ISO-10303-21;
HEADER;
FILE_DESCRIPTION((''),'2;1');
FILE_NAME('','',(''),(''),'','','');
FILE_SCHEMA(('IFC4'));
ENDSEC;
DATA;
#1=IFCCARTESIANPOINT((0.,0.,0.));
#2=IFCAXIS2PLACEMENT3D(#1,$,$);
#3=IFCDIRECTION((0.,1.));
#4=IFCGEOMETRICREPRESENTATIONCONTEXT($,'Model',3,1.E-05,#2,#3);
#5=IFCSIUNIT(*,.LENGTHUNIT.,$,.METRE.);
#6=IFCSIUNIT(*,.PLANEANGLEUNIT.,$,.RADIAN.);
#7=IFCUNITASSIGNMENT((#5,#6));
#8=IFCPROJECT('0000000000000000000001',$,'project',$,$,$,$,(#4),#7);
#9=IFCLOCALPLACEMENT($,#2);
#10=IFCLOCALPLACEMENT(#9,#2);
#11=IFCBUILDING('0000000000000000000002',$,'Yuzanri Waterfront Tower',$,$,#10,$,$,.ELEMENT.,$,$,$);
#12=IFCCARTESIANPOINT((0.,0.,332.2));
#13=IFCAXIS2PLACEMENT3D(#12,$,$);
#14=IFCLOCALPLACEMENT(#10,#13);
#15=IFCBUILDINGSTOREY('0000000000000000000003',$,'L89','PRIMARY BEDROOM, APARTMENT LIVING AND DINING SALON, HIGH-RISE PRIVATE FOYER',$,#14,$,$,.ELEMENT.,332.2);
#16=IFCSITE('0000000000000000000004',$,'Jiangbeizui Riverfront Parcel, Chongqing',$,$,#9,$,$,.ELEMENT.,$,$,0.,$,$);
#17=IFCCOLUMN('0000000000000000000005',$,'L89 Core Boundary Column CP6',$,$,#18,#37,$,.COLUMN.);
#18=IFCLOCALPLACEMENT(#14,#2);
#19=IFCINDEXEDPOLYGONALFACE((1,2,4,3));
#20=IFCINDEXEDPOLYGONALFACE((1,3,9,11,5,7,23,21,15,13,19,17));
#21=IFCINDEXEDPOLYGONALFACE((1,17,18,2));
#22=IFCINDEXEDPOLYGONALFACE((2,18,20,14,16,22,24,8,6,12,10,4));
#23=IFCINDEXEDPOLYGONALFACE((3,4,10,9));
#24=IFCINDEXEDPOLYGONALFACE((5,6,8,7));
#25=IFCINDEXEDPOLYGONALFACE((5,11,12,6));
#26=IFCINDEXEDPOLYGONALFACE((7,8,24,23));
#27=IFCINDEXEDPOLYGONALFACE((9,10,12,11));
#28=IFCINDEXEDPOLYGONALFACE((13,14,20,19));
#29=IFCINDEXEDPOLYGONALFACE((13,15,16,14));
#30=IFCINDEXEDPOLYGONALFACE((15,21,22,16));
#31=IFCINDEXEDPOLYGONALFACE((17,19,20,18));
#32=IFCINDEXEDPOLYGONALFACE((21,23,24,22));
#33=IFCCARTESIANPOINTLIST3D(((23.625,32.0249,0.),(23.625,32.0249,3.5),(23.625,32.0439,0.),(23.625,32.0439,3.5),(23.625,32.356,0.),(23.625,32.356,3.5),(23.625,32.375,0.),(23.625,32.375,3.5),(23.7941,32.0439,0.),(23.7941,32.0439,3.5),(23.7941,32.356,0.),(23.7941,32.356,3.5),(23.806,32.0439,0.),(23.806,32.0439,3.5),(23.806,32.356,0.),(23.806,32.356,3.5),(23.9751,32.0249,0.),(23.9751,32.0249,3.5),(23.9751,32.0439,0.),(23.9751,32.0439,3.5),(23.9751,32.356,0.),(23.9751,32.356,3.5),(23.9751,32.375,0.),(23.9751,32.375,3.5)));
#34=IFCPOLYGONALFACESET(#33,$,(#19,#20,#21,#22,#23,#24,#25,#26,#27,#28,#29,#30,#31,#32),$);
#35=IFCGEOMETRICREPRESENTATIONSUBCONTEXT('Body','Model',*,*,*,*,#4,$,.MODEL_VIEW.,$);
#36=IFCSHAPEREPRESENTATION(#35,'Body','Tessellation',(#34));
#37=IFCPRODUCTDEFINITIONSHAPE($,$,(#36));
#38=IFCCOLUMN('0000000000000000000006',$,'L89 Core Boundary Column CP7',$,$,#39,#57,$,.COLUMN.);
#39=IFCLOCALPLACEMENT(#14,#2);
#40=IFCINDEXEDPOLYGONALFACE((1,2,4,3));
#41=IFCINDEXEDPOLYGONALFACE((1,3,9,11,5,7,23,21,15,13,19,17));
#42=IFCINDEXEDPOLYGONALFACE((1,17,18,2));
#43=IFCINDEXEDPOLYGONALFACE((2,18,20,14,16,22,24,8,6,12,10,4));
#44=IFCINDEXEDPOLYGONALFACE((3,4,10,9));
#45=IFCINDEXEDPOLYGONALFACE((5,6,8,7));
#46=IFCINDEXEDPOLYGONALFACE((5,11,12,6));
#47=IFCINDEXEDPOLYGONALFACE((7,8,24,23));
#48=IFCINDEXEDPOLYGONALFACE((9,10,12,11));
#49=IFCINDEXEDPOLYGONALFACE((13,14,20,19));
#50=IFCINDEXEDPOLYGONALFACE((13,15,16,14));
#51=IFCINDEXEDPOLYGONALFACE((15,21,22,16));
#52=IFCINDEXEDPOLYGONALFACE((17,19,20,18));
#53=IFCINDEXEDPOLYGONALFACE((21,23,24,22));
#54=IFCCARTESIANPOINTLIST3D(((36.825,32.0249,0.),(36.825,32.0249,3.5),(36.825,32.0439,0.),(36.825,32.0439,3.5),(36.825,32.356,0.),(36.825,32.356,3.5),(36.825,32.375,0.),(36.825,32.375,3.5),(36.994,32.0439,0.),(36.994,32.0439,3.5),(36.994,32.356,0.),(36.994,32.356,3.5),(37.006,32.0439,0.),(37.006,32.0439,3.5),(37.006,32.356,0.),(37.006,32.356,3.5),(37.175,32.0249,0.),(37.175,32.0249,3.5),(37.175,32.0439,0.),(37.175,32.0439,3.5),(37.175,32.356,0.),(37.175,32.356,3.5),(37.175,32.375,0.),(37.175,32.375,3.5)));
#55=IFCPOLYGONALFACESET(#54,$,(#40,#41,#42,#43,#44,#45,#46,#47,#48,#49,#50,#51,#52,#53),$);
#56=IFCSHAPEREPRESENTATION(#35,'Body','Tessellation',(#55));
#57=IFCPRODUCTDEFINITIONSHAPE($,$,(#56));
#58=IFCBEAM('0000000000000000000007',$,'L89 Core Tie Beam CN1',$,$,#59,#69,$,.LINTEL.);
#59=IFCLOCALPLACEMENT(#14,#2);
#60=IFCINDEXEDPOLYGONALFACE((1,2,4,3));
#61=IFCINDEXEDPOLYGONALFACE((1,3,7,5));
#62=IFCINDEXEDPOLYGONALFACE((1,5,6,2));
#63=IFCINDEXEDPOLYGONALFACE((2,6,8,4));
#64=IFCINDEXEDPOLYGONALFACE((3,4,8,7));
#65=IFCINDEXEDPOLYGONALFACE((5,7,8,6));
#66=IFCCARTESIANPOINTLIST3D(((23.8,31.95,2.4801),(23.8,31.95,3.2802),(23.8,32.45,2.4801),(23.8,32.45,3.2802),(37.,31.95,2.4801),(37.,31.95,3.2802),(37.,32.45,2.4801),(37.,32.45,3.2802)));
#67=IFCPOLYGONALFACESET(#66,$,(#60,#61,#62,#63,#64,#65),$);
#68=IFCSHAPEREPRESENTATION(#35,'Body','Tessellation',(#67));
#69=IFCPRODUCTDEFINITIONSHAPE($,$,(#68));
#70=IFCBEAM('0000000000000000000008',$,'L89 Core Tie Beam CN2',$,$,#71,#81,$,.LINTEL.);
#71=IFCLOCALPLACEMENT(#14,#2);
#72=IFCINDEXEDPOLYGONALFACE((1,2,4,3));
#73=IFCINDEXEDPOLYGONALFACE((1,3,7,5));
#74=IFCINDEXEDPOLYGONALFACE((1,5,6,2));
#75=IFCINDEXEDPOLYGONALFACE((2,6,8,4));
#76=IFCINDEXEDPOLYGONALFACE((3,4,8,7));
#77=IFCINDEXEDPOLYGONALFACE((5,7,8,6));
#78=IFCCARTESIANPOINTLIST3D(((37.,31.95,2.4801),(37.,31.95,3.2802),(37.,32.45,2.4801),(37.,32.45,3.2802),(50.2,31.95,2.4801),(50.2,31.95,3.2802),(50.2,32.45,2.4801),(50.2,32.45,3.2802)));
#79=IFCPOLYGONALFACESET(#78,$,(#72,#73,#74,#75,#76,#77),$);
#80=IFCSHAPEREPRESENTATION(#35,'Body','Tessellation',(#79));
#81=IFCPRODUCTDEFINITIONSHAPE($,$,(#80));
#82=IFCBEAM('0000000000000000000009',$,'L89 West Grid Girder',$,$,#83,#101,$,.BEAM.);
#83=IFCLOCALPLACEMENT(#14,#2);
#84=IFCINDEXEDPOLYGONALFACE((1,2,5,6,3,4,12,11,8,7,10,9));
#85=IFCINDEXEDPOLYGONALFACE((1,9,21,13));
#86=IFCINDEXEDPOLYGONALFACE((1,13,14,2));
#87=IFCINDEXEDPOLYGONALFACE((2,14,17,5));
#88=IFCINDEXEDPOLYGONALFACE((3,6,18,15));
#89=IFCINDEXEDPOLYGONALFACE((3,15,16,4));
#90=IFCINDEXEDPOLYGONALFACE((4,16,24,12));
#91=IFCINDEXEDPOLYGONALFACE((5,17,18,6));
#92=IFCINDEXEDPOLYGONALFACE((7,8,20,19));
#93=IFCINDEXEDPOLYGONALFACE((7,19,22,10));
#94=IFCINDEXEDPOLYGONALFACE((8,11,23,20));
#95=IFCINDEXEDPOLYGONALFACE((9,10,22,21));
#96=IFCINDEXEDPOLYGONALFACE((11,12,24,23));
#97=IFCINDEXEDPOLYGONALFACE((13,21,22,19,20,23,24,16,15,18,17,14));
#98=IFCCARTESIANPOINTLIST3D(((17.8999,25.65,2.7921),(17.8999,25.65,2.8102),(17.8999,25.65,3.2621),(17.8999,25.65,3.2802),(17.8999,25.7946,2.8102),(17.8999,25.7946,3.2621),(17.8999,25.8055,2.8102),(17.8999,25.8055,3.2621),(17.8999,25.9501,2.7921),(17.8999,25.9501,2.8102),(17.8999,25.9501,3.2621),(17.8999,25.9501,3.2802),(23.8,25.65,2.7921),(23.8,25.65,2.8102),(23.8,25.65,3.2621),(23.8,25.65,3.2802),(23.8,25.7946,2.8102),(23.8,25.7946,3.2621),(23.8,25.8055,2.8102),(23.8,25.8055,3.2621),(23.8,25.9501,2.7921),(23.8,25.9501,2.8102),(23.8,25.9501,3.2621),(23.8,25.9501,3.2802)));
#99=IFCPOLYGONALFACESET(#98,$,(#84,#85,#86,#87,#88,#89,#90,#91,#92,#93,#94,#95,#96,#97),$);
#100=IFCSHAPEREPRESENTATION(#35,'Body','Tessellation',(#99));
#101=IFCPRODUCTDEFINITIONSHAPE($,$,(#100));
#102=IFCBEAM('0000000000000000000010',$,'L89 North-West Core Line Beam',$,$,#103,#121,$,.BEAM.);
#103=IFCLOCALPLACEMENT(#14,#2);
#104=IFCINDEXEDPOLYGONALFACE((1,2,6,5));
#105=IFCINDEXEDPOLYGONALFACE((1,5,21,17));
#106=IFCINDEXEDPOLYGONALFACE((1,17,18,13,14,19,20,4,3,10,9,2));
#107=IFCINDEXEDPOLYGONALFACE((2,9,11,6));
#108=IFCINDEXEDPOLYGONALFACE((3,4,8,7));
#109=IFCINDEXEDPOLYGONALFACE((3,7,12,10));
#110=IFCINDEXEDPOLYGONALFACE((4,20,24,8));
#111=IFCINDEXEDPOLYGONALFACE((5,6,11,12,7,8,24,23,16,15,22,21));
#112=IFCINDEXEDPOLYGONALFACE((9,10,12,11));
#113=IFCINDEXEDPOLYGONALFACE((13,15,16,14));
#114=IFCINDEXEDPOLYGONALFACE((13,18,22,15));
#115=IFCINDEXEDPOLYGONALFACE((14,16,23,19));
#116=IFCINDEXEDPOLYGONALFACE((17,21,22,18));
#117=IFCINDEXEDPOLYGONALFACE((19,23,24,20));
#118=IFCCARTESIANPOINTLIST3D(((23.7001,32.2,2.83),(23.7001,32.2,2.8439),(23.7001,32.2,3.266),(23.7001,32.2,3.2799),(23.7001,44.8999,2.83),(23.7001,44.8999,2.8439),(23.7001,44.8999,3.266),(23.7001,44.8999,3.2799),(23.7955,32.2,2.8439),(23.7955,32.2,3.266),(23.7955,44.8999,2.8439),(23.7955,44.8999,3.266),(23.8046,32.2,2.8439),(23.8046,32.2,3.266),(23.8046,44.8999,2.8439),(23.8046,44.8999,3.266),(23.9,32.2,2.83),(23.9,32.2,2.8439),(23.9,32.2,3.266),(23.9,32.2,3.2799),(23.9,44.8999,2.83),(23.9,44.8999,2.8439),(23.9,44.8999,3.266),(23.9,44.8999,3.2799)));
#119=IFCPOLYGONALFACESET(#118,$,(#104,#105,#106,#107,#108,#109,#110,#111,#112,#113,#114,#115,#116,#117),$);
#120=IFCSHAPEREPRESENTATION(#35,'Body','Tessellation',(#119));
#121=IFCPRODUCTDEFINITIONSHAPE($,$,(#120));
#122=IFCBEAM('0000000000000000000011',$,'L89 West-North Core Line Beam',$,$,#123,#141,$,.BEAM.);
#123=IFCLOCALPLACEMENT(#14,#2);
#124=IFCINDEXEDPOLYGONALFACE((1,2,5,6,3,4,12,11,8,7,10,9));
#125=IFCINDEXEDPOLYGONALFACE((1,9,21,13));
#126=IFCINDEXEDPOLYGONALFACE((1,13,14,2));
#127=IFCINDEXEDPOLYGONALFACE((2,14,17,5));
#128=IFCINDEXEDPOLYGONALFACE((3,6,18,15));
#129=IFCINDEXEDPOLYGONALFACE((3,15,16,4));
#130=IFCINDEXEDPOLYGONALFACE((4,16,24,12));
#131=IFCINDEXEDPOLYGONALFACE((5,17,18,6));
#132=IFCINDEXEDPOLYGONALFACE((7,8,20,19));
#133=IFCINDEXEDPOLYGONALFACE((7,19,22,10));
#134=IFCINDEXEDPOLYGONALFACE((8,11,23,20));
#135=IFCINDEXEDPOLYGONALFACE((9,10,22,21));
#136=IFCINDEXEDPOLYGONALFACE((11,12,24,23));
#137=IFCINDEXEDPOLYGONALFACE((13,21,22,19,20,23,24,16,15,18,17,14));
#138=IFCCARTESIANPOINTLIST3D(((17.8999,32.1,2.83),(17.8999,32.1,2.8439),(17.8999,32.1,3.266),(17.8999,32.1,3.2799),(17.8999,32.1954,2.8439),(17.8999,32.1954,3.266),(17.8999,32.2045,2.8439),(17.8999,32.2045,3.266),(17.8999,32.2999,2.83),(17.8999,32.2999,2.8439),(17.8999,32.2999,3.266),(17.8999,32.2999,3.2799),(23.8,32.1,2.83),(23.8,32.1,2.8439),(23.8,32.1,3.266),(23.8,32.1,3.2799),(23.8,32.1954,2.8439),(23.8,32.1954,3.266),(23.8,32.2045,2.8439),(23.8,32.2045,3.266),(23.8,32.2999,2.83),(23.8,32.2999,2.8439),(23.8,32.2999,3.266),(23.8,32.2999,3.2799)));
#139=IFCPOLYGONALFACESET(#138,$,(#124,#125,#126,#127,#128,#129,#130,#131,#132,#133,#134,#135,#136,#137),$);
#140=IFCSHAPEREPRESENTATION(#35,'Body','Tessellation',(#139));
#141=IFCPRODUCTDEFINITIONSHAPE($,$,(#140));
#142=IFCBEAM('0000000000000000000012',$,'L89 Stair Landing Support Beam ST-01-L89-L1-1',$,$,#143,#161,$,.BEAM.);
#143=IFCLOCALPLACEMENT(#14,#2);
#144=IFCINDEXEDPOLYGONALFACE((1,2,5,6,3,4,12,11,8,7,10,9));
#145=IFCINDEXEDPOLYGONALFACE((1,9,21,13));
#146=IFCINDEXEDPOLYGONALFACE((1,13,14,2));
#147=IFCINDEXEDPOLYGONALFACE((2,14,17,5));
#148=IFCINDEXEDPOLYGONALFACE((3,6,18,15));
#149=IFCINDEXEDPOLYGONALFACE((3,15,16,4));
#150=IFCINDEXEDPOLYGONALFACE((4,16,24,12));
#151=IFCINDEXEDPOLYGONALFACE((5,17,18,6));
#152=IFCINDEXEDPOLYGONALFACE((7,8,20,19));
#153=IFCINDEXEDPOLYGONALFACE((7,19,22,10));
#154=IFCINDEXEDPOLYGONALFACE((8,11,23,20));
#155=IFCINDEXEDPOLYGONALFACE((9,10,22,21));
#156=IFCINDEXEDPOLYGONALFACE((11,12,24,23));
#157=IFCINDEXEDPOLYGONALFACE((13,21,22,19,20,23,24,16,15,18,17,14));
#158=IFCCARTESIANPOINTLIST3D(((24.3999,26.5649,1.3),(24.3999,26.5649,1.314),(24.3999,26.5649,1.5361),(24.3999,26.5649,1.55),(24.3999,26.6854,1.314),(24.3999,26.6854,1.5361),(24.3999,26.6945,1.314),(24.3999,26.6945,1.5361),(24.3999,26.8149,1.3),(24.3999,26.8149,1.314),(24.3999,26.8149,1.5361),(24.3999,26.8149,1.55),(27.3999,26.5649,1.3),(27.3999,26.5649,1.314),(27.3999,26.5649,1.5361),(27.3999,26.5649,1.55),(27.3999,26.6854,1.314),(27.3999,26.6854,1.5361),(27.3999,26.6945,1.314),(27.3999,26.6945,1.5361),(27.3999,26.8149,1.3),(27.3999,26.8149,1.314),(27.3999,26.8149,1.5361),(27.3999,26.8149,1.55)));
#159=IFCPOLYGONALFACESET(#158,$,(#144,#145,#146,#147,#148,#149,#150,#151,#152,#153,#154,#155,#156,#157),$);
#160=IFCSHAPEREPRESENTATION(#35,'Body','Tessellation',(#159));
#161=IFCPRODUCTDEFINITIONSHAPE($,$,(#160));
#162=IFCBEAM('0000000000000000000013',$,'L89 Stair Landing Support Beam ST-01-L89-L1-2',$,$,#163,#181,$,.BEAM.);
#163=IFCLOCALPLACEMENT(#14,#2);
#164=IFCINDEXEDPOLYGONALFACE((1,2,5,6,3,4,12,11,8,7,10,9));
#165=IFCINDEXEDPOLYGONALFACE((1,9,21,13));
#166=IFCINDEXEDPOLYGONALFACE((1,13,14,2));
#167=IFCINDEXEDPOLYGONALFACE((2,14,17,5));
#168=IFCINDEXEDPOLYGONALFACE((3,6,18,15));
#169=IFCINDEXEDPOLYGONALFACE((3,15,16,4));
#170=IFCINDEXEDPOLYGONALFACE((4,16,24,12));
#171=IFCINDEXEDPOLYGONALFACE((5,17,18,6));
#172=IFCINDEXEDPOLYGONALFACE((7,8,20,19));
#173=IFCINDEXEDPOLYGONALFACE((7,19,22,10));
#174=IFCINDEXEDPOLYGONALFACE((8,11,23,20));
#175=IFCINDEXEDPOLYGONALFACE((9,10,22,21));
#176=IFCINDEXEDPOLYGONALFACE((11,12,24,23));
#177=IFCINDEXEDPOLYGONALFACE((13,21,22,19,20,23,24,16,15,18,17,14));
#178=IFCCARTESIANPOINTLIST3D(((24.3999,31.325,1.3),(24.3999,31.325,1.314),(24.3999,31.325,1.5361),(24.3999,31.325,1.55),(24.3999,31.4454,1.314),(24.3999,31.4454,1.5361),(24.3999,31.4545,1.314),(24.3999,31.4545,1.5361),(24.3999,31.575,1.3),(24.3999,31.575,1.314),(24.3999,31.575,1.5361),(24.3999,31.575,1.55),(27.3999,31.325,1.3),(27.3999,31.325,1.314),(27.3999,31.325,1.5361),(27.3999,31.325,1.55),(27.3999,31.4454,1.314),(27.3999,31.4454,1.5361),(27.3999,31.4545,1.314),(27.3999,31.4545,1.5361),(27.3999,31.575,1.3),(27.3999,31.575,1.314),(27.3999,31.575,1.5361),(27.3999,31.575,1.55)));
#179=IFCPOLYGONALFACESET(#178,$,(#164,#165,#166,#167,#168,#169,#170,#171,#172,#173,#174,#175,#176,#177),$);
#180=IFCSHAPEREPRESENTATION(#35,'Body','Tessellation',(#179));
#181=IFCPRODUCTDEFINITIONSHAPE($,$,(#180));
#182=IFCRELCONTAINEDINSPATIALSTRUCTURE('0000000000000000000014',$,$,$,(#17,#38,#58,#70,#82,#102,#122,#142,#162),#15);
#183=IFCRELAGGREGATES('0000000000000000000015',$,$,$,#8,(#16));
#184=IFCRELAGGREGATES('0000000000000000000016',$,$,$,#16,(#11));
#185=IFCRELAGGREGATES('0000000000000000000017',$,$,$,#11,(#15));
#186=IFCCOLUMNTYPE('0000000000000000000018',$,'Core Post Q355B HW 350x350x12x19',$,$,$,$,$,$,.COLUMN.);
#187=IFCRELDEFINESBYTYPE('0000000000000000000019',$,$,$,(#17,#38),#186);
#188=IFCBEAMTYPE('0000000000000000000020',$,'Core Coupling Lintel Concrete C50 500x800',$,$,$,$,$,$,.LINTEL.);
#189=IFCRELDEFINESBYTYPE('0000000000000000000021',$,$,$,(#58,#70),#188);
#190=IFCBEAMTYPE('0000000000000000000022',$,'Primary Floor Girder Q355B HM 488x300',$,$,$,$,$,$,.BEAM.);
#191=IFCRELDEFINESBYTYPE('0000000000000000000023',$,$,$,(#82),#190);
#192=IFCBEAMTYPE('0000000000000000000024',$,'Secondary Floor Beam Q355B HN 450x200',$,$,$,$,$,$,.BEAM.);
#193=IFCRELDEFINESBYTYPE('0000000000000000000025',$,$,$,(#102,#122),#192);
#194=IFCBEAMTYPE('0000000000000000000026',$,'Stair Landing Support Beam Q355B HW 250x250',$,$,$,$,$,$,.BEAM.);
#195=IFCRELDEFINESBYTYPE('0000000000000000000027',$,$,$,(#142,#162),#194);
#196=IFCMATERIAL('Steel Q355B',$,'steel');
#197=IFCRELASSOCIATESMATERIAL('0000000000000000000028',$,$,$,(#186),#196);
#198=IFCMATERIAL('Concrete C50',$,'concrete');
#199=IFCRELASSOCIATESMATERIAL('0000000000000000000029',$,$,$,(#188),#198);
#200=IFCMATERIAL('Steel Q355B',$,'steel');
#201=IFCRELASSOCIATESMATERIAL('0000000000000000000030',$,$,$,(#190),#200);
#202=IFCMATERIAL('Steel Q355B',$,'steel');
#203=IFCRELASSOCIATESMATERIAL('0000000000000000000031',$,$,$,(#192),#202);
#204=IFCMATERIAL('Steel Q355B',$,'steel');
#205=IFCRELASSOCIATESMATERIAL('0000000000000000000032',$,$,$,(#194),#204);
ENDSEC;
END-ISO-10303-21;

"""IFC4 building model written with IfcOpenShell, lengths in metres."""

from ifc_helpers import new_model, si_unit, direction, frame, origin, origin_2d, place, context, subcontext, project, spatial, rectangle, i_section, extrude, source, transform, mapped, material, material_profile, profile_set, type_object, element, save


model = new_model("IFC4")

# Units and contexts
model_context = context("Model", 3, precision=1e-05, world=origin(), true_north=direction((0.0, 1.0)))
body_context = subcontext(model_context, "Body", "Model", "MODEL_VIEW")
ifc_project = project(units=[si_unit("LENGTHUNIT", "METRE"), si_unit("PLANEANGLEUNIT", "RADIAN")], contexts=[model_context])

# Site, building, storey
site_placement = place(None, origin())
site = spatial("IfcSite", under=ifc_project, at=site_placement, Name="Jiangbeizui Riverfront Parcel, Chongqing", CompositionType="ELEMENT", RefElevation=0.0)
building_placement = place(site_placement, origin())
building = spatial("IfcBuilding", under=site, at=building_placement, Name="Yuzanri Waterfront Tower", CompositionType="ELEMENT")
storey_placement = place(building_placement, frame((0.0, 0.0, 332.2)))
storey = spatial("IfcBuildingStorey", under=building, at=storey_placement, Name="L89", Description="PRIMARY BEDROOM, APARTMENT LIVING AND DINING SALON, HIGH-RISE PRIVATE FOYER", CompositionType="ELEMENT", Elevation=332.2)

# Columns
ifc_material_1 = material(Name="Steel Q355B", Category="steel")
ifc_material_profile_1 = material_profile(ifc_material_1, i_section(OverallWidth=0.3501, OverallDepth=0.3501, WebThickness=0.012, FlangeThickness=0.019, at=origin_2d()), Name="HW 350x350x12x19")
ifc_profile_set_1 = profile_set([ifc_material_profile_1], Name="Steel Q355B")
column_type = type_object("IfcColumnType", Name="Core Post Q355B HW 350x350x12x19", PredefinedType="COLUMN", material=ifc_profile_set_1)
shared_shape_1 = source(origin(), body_context, "Body", "SweptSolid", [
    extrude(i_section(OverallWidth=0.3501, OverallDepth=0.3501, WebThickness=0.012, FlangeThickness=0.019, at=origin_2d()), origin(), (0.0, 0.0, 1.0), 3.5),
])
for number, where, z_axis, x_axis, name in (
    (1, (23.8, 32.2, 0.0), (0.0, 0.0, 1.0), (1.0, 0.0, 0.0), "L89 Core Boundary Column CP6"),
    (2, (37.0, 32.2, 0.0), (0.0, 0.0, 1.0), (1.0, 0.0, 0.0), "L89 Core Boundary Column CP7"),
):
    element("IfcColumn", number, at=place(storey_placement, frame(where, z_axis=z_axis, x_axis=x_axis)), inside=storey, type_object=column_type, Name=name, PredefinedType="COLUMN", context=body_context, shape_type="MappedRepresentation", body=[
        mapped(shared_shape_1, transform((0.0, 0.0, 0.0), scale=1.0)),
    ])

# Beams
ifc_material_2 = material(Name="Concrete C50", Category="concrete")
ifc_material_profile_2 = material_profile(ifc_material_2, rectangle(XDim=0.5, YDim=0.8, at=origin_2d()), Name="RC 500x800")
ifc_profile_set_2 = profile_set([ifc_material_profile_2], Name="Concrete C50")
beam_type_1 = type_object("IfcBeamType", Name="Core Coupling Lintel Concrete C50 500x800", PredefinedType="LINTEL", material=ifc_profile_set_2)
shared_shape_2 = source(origin(), body_context, "Body", "SweptSolid", [
    extrude(rectangle(XDim=0.5, YDim=0.8, at=origin_2d()), origin(), (0.0, 0.0, 1.0), 13.2),
])
for number, where, z_axis, x_axis, name in (
    (3, (23.8, 32.2, 2.8801), (1.0, 0.0, 0.0), (0.0, 1.0, 0.0), "L89 Core Tie Beam CN1"),
    (4, (37.0, 32.2, 2.8801), (1.0, 0.0, 0.0), (0.0, 1.0, 0.0), "L89 Core Tie Beam CN2"),
):
    element("IfcBeam", number, at=place(storey_placement, frame(where, z_axis=z_axis, x_axis=x_axis)), inside=storey, type_object=beam_type_1, Name=name, PredefinedType="LINTEL", context=body_context, shape_type="MappedRepresentation", body=[
        mapped(shared_shape_2, transform((0.0, 0.0, 0.0), scale=1.0)),
    ])
ifc_material_3 = material(Name="Steel Q355B", Category="steel")
ifc_material_profile_3 = material_profile(ifc_material_3, i_section(OverallWidth=0.3, OverallDepth=0.488, WebThickness=0.011, FlangeThickness=0.0181, at=origin_2d()), Name="HM 488x300x11x18")
ifc_profile_set_3 = profile_set([ifc_material_profile_3], Name="Steel Q355B")
beam_type_2 = type_object("IfcBeamType", Name="Primary Floor Girder Q355B HM 488x300", PredefinedType="BEAM", material=ifc_profile_set_3)
shared_shape_3 = source(origin(), body_context, "Body", "SweptSolid", [
    extrude(i_section(OverallWidth=0.3, OverallDepth=0.488, WebThickness=0.011, FlangeThickness=0.0181, at=origin_2d()), origin(), (0.0, 0.0, 1.0), 5.9001),
])
beam_1_placement = place(storey_placement, frame((23.8, 25.8, 3.0361), z_axis=(-1.0, 0.0, 0.0), x_axis=(0.0, -1.0, 0.0)))
element("IfcBeam", 5, at=beam_1_placement, inside=storey, type_object=beam_type_2, Name="L89 West Grid Girder", PredefinedType="BEAM", context=body_context, shape_type="MappedRepresentation", body=[
    mapped(shared_shape_3, transform((0.0, 0.0, 0.0), scale=1.0)),
])
ifc_material_4 = material(Name="Steel Q355B", Category="steel")
ifc_material_profile_4 = material_profile(ifc_material_4, i_section(OverallWidth=0.2, OverallDepth=0.45, WebThickness=0.009, FlangeThickness=0.0139, at=origin_2d()), Name="HN 450x200x9x14")
ifc_profile_set_4 = profile_set([ifc_material_profile_4], Name="Steel Q355B")
beam_type_3 = type_object("IfcBeamType", Name="Secondary Floor Beam Q355B HN 450x200", PredefinedType="BEAM", material=ifc_profile_set_4)
shared_shape_4 = source(origin(), body_context, "Body", "SweptSolid", [
    extrude(i_section(OverallWidth=0.2, OverallDepth=0.45, WebThickness=0.009, FlangeThickness=0.0139, at=origin_2d()), origin(), (0.0, 0.0, 1.0), 12.7),
])
beam_2_placement = place(storey_placement, frame((23.8, 32.2, 3.0549), z_axis=(0.0, 1.0, 0.0), x_axis=(-1.0, 0.0, 0.0)))
element("IfcBeam", 6, at=beam_2_placement, inside=storey, type_object=beam_type_3, Name="L89 North-West Core Line Beam", PredefinedType="BEAM", context=body_context, shape_type="MappedRepresentation", body=[
    mapped(shared_shape_4, transform((0.0, 0.0, 0.0), scale=1.0)),
])
shared_shape_5 = source(origin(), body_context, "Body", "SweptSolid", [
    extrude(i_section(OverallWidth=0.2, OverallDepth=0.45, WebThickness=0.009, FlangeThickness=0.0139, at=origin_2d()), origin(), (0.0, 0.0, 1.0), 5.9001),
])
beam_3_placement = place(storey_placement, frame((23.8, 32.2, 3.0549), z_axis=(-1.0, 0.0, 0.0), x_axis=(0.0, -1.0, 0.0)))
element("IfcBeam", 7, at=beam_3_placement, inside=storey, type_object=beam_type_3, Name="L89 West-North Core Line Beam", PredefinedType="BEAM", context=body_context, shape_type="MappedRepresentation", body=[
    mapped(shared_shape_5, transform((0.0, 0.0, 0.0), scale=1.0)),
])
ifc_material_5 = material(Name="Steel Q355B", Category="steel")
ifc_material_profile_5 = material_profile(ifc_material_5, i_section(OverallWidth=0.25, OverallDepth=0.25, WebThickness=0.009, FlangeThickness=0.0139, at=origin_2d()), Name="HW 250x250x9x14")
ifc_profile_set_5 = profile_set([ifc_material_profile_5], Name="Steel Q355B")
beam_type_4 = type_object("IfcBeamType", Name="Stair Landing Support Beam Q355B HW 250x250", PredefinedType="BEAM", material=ifc_profile_set_5)
shared_shape_6 = source(origin(), body_context, "Body", "SweptSolid", [
    extrude(i_section(OverallWidth=0.25, OverallDepth=0.25, WebThickness=0.009, FlangeThickness=0.0139, at=origin_2d()), origin(), (0.0, 0.0, 1.0), 3.0),
])
for number, where, z_axis, x_axis, name in (
    (8, (24.3999, 26.6899, 1.425), (1.0, 0.0, 0.0), (0.0, 1.0, 0.0), "L89 Stair Landing Support Beam ST-01-L89-L1-1"),
    (9, (24.3999, 31.45, 1.425), (1.0, 0.0, 0.0), (0.0, 1.0, 0.0), "L89 Stair Landing Support Beam ST-01-L89-L1-2"),
):
    element("IfcBeam", number, at=place(storey_placement, frame(where, z_axis=z_axis, x_axis=x_axis)), inside=storey, type_object=beam_type_4, Name=name, PredefinedType="BEAM", context=body_context, shape_type="MappedRepresentation", body=[
        mapped(shared_shape_6, transform((0.0, 0.0, 0.0), scale=1.0)),
    ])

save(model, "model.ifc")
